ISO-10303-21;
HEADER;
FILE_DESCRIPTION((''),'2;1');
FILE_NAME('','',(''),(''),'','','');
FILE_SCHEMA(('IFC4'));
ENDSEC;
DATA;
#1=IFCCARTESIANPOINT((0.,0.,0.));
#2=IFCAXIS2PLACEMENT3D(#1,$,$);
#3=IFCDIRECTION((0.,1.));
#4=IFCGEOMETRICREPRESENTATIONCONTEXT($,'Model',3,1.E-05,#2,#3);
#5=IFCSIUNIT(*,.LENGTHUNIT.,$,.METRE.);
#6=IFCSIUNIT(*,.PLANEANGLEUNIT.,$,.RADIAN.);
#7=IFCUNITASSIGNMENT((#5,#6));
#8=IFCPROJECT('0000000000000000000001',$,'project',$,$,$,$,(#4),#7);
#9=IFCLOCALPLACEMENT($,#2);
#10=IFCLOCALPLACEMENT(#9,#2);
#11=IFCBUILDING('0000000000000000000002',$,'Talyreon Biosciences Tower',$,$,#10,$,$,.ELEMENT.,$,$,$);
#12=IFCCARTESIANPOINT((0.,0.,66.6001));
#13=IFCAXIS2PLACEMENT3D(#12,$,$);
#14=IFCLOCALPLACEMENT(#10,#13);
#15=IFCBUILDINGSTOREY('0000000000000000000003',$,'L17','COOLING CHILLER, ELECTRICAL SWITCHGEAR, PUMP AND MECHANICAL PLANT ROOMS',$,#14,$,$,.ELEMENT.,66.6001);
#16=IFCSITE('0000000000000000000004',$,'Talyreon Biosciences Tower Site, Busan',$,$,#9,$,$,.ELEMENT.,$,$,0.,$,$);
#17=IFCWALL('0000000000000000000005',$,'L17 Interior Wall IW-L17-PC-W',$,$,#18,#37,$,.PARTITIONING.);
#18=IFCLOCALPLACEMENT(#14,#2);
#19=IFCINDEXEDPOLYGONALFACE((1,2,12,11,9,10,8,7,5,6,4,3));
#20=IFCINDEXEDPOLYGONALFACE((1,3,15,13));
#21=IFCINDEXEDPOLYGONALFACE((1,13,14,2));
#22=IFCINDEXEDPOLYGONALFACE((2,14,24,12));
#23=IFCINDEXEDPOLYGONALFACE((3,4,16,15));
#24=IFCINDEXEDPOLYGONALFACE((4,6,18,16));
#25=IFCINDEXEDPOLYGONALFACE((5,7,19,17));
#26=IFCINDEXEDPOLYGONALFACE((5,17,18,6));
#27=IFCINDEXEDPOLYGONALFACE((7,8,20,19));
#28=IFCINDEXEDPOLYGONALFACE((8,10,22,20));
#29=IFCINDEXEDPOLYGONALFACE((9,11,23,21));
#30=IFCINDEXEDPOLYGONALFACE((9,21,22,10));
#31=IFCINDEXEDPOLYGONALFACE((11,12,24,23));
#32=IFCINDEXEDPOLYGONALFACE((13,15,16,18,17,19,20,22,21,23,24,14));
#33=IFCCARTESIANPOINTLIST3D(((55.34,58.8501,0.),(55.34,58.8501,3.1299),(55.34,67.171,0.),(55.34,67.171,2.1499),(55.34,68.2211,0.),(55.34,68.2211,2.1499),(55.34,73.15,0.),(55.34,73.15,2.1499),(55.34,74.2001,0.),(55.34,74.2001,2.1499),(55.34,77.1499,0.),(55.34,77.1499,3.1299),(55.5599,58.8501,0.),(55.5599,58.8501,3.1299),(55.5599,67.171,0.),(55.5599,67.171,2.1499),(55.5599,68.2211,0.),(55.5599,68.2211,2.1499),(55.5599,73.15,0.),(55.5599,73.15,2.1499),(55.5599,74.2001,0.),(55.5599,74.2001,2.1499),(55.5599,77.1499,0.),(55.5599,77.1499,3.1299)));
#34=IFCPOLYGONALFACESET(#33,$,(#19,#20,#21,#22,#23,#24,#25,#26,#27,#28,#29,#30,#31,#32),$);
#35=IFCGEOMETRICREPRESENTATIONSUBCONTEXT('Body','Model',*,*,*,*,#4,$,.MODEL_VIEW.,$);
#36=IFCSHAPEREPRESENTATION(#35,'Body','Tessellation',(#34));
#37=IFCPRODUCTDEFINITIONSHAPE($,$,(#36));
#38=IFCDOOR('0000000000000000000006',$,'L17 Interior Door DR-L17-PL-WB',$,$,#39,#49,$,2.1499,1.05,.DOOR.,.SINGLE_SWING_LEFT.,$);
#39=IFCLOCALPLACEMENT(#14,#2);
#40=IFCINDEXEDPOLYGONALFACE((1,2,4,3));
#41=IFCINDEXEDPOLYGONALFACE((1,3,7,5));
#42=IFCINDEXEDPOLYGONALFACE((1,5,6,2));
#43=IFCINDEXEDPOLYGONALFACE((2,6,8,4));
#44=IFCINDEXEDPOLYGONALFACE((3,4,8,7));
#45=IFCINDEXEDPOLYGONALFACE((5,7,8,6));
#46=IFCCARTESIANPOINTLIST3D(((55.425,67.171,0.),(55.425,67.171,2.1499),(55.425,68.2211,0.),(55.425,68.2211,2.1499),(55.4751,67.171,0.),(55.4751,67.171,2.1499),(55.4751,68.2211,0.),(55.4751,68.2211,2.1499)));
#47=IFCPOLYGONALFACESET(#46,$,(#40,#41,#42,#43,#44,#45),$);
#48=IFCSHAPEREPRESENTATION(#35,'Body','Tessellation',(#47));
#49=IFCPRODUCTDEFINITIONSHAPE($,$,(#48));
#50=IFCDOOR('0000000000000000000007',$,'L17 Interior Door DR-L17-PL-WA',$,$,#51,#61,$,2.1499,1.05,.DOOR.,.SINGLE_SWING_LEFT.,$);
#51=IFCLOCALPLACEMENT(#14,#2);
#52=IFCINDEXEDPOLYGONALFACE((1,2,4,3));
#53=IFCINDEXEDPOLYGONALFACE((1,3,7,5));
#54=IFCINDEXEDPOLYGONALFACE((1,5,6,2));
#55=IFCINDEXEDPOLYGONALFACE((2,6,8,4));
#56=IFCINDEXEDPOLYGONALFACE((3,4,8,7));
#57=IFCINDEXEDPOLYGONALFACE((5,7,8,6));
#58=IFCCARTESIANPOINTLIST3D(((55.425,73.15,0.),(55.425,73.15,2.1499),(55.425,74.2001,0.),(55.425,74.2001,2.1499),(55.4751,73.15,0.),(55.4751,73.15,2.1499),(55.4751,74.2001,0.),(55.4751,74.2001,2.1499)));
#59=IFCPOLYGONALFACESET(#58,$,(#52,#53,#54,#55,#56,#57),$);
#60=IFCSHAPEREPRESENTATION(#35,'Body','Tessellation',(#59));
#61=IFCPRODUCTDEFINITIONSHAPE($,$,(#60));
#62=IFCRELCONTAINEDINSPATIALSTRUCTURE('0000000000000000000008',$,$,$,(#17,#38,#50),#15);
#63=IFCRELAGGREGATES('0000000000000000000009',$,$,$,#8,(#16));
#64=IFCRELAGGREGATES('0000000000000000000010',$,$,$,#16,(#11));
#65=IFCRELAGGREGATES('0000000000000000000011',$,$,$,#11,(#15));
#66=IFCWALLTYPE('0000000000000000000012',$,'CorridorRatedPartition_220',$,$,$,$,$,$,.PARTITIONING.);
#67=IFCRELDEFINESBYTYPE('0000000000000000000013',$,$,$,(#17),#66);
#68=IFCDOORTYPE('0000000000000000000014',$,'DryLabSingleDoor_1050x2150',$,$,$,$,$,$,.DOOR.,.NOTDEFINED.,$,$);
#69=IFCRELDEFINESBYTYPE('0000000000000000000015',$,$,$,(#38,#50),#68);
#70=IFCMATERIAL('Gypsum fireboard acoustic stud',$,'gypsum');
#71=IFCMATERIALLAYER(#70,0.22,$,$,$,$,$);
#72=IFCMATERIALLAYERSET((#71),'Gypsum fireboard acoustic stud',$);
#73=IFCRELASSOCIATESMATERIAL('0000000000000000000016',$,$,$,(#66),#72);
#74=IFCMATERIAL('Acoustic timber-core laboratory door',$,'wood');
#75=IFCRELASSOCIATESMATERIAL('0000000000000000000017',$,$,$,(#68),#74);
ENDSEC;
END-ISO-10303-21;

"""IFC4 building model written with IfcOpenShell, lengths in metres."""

from ifc_helpers import new_model, si_unit, direction, frame, frame_2d, origin, place, context, subcontext, project, spatial, rectangle, extrude, material, layer, layer_set, type_object, element, fill, save


model = new_model("IFC4")

# Units and contexts
model_context = context("Model", 3, precision=1e-05, world=origin(), true_north=direction((0.0, 1.0)))
body_context = subcontext(model_context, "Body", "Model", "MODEL_VIEW")
ifc_project = project(units=[si_unit("LENGTHUNIT", "METRE"), si_unit("PLANEANGLEUNIT", "RADIAN")], contexts=[model_context])

# Site, building, storey
site_placement = place(None, origin())
site = spatial("IfcSite", under=ifc_project, at=site_placement, Name="Talyreon Biosciences Tower Site, Busan", CompositionType="ELEMENT", RefElevation=0.0)
building_placement = place(site_placement, origin())
building = spatial("IfcBuilding", under=site, at=building_placement, Name="Talyreon Biosciences Tower", CompositionType="ELEMENT")
storey_placement = place(building_placement, frame((0.0, 0.0, 66.6001)))
storey = spatial("IfcBuildingStorey", under=building, at=storey_placement, Name="L17", Description="COOLING CHILLER, ELECTRICAL SWITCHGEAR, PUMP AND MECHANICAL PLANT ROOMS", CompositionType="ELEMENT", Elevation=66.6001)

# Shared definitions
ifc_material_1 = material(Name="Gypsum fireboard acoustic stud", Category="gypsum")
ifc_layer_1 = layer(ifc_material_1, 0.22)
ifc_layer_set_1 = layer_set([ifc_layer_1], Name="Gypsum fireboard acoustic stud")
wall_type_1 = type_object("IfcWallType", Name="CorridorRatedPartition_220", PredefinedType="PARTITIONING", material=ifc_layer_set_1)

# Wall, openings, doors
wall_1_placement = place(storey_placement, frame((55.45, 58.8501, 0.0), z_axis=(0.0, 0.0, 1.0), x_axis=(0.0, 1.0, 0.0)))
wall_1 = element("IfcWall", 1, at=wall_1_placement, inside=storey, type_object=wall_type_1, Name="L17 Interior Wall IW-L17-PC-W", PredefinedType="PARTITIONING", context=body_context, shape_type="SweptSolid", body=[
    extrude(rectangle(XDim=18.2998, YDim=0.22, at=frame_2d((9.1499, 0.0))), origin(), (0.0, 0.0, 1.0), 3.1299),
])
opening_1_placement = place(wall_1_placement, frame((8.321, 0.0, 0.0)))
opening_1 = element("IfcOpeningElement", 2, at=opening_1_placement, cuts=wall_1, PredefinedType="OPENING", context=body_context, shape_type="SweptSolid", body=[
    extrude(rectangle(XDim=1.05, YDim=2.1499, at=frame_2d((0.5249, 1.075))), frame((0.0, 0.1199, 0.0), z_axis=(0.0, -1.0, 0.0), x_axis=(1.0, 0.0, 0.0)), (0.0, 0.0, 1.0), 0.24),
])
opening_2_placement = place(wall_1_placement, frame((14.3, 0.0, 0.0)))
opening_2 = element("IfcOpeningElement", 3, at=opening_2_placement, cuts=wall_1, PredefinedType="OPENING", context=body_context, shape_type="SweptSolid", body=[
    extrude(rectangle(XDim=1.05, YDim=2.1499, at=frame_2d((0.5249, 1.075))), frame((0.0, 0.1199, 0.0), z_axis=(0.0, -1.0, 0.0), x_axis=(1.0, 0.0, 0.0)), (0.0, 0.0, 1.0), 0.24),
])
ifc_material_2 = material(Name="Acoustic timber-core laboratory door", Category="wood")
door_type_1 = type_object("IfcDoorType", Name="DryLabSingleDoor_1050x2150", OperationType="NOTDEFINED", PredefinedType="DOOR", material=ifc_material_2)
door_1_placement = place(opening_1_placement, origin())
door_1 = element("IfcDoor", 4, at=door_1_placement, inside=storey, type_object=door_type_1, Name="L17 Interior Door DR-L17-PL-WB", OperationType="SINGLE_SWING_LEFT", OverallHeight=2.1499, OverallWidth=1.05, PredefinedType="DOOR", context=body_context, shape_type="SweptSolid", body=[
    extrude(rectangle(XDim=1.05, YDim=2.1499, at=frame_2d((0.5249, 1.075))), frame((0.0, 0.0249, 0.0), z_axis=(0.0, -1.0, 0.0), x_axis=(1.0, 0.0, 0.0)), (0.0, 0.0, 1.0), 0.05),
])
fill(opening_1, door_1)
door_2_placement = place(opening_2_placement, origin())
door_2 = element("IfcDoor", 5, at=door_2_placement, inside=storey, type_object=door_type_1, Name="L17 Interior Door DR-L17-PL-WA", OperationType="SINGLE_SWING_LEFT", OverallHeight=2.1499, OverallWidth=1.05, PredefinedType="DOOR", context=body_context, shape_type="SweptSolid", body=[
    extrude(rectangle(XDim=1.05, YDim=2.1499, at=frame_2d((0.5249, 1.075))), frame((0.0, 0.0249, 0.0), z_axis=(0.0, -1.0, 0.0), x_axis=(1.0, 0.0, 0.0)), (0.0, 0.0, 1.0), 0.05),
])
fill(opening_2, door_2)

save(model, "model.ifc")
